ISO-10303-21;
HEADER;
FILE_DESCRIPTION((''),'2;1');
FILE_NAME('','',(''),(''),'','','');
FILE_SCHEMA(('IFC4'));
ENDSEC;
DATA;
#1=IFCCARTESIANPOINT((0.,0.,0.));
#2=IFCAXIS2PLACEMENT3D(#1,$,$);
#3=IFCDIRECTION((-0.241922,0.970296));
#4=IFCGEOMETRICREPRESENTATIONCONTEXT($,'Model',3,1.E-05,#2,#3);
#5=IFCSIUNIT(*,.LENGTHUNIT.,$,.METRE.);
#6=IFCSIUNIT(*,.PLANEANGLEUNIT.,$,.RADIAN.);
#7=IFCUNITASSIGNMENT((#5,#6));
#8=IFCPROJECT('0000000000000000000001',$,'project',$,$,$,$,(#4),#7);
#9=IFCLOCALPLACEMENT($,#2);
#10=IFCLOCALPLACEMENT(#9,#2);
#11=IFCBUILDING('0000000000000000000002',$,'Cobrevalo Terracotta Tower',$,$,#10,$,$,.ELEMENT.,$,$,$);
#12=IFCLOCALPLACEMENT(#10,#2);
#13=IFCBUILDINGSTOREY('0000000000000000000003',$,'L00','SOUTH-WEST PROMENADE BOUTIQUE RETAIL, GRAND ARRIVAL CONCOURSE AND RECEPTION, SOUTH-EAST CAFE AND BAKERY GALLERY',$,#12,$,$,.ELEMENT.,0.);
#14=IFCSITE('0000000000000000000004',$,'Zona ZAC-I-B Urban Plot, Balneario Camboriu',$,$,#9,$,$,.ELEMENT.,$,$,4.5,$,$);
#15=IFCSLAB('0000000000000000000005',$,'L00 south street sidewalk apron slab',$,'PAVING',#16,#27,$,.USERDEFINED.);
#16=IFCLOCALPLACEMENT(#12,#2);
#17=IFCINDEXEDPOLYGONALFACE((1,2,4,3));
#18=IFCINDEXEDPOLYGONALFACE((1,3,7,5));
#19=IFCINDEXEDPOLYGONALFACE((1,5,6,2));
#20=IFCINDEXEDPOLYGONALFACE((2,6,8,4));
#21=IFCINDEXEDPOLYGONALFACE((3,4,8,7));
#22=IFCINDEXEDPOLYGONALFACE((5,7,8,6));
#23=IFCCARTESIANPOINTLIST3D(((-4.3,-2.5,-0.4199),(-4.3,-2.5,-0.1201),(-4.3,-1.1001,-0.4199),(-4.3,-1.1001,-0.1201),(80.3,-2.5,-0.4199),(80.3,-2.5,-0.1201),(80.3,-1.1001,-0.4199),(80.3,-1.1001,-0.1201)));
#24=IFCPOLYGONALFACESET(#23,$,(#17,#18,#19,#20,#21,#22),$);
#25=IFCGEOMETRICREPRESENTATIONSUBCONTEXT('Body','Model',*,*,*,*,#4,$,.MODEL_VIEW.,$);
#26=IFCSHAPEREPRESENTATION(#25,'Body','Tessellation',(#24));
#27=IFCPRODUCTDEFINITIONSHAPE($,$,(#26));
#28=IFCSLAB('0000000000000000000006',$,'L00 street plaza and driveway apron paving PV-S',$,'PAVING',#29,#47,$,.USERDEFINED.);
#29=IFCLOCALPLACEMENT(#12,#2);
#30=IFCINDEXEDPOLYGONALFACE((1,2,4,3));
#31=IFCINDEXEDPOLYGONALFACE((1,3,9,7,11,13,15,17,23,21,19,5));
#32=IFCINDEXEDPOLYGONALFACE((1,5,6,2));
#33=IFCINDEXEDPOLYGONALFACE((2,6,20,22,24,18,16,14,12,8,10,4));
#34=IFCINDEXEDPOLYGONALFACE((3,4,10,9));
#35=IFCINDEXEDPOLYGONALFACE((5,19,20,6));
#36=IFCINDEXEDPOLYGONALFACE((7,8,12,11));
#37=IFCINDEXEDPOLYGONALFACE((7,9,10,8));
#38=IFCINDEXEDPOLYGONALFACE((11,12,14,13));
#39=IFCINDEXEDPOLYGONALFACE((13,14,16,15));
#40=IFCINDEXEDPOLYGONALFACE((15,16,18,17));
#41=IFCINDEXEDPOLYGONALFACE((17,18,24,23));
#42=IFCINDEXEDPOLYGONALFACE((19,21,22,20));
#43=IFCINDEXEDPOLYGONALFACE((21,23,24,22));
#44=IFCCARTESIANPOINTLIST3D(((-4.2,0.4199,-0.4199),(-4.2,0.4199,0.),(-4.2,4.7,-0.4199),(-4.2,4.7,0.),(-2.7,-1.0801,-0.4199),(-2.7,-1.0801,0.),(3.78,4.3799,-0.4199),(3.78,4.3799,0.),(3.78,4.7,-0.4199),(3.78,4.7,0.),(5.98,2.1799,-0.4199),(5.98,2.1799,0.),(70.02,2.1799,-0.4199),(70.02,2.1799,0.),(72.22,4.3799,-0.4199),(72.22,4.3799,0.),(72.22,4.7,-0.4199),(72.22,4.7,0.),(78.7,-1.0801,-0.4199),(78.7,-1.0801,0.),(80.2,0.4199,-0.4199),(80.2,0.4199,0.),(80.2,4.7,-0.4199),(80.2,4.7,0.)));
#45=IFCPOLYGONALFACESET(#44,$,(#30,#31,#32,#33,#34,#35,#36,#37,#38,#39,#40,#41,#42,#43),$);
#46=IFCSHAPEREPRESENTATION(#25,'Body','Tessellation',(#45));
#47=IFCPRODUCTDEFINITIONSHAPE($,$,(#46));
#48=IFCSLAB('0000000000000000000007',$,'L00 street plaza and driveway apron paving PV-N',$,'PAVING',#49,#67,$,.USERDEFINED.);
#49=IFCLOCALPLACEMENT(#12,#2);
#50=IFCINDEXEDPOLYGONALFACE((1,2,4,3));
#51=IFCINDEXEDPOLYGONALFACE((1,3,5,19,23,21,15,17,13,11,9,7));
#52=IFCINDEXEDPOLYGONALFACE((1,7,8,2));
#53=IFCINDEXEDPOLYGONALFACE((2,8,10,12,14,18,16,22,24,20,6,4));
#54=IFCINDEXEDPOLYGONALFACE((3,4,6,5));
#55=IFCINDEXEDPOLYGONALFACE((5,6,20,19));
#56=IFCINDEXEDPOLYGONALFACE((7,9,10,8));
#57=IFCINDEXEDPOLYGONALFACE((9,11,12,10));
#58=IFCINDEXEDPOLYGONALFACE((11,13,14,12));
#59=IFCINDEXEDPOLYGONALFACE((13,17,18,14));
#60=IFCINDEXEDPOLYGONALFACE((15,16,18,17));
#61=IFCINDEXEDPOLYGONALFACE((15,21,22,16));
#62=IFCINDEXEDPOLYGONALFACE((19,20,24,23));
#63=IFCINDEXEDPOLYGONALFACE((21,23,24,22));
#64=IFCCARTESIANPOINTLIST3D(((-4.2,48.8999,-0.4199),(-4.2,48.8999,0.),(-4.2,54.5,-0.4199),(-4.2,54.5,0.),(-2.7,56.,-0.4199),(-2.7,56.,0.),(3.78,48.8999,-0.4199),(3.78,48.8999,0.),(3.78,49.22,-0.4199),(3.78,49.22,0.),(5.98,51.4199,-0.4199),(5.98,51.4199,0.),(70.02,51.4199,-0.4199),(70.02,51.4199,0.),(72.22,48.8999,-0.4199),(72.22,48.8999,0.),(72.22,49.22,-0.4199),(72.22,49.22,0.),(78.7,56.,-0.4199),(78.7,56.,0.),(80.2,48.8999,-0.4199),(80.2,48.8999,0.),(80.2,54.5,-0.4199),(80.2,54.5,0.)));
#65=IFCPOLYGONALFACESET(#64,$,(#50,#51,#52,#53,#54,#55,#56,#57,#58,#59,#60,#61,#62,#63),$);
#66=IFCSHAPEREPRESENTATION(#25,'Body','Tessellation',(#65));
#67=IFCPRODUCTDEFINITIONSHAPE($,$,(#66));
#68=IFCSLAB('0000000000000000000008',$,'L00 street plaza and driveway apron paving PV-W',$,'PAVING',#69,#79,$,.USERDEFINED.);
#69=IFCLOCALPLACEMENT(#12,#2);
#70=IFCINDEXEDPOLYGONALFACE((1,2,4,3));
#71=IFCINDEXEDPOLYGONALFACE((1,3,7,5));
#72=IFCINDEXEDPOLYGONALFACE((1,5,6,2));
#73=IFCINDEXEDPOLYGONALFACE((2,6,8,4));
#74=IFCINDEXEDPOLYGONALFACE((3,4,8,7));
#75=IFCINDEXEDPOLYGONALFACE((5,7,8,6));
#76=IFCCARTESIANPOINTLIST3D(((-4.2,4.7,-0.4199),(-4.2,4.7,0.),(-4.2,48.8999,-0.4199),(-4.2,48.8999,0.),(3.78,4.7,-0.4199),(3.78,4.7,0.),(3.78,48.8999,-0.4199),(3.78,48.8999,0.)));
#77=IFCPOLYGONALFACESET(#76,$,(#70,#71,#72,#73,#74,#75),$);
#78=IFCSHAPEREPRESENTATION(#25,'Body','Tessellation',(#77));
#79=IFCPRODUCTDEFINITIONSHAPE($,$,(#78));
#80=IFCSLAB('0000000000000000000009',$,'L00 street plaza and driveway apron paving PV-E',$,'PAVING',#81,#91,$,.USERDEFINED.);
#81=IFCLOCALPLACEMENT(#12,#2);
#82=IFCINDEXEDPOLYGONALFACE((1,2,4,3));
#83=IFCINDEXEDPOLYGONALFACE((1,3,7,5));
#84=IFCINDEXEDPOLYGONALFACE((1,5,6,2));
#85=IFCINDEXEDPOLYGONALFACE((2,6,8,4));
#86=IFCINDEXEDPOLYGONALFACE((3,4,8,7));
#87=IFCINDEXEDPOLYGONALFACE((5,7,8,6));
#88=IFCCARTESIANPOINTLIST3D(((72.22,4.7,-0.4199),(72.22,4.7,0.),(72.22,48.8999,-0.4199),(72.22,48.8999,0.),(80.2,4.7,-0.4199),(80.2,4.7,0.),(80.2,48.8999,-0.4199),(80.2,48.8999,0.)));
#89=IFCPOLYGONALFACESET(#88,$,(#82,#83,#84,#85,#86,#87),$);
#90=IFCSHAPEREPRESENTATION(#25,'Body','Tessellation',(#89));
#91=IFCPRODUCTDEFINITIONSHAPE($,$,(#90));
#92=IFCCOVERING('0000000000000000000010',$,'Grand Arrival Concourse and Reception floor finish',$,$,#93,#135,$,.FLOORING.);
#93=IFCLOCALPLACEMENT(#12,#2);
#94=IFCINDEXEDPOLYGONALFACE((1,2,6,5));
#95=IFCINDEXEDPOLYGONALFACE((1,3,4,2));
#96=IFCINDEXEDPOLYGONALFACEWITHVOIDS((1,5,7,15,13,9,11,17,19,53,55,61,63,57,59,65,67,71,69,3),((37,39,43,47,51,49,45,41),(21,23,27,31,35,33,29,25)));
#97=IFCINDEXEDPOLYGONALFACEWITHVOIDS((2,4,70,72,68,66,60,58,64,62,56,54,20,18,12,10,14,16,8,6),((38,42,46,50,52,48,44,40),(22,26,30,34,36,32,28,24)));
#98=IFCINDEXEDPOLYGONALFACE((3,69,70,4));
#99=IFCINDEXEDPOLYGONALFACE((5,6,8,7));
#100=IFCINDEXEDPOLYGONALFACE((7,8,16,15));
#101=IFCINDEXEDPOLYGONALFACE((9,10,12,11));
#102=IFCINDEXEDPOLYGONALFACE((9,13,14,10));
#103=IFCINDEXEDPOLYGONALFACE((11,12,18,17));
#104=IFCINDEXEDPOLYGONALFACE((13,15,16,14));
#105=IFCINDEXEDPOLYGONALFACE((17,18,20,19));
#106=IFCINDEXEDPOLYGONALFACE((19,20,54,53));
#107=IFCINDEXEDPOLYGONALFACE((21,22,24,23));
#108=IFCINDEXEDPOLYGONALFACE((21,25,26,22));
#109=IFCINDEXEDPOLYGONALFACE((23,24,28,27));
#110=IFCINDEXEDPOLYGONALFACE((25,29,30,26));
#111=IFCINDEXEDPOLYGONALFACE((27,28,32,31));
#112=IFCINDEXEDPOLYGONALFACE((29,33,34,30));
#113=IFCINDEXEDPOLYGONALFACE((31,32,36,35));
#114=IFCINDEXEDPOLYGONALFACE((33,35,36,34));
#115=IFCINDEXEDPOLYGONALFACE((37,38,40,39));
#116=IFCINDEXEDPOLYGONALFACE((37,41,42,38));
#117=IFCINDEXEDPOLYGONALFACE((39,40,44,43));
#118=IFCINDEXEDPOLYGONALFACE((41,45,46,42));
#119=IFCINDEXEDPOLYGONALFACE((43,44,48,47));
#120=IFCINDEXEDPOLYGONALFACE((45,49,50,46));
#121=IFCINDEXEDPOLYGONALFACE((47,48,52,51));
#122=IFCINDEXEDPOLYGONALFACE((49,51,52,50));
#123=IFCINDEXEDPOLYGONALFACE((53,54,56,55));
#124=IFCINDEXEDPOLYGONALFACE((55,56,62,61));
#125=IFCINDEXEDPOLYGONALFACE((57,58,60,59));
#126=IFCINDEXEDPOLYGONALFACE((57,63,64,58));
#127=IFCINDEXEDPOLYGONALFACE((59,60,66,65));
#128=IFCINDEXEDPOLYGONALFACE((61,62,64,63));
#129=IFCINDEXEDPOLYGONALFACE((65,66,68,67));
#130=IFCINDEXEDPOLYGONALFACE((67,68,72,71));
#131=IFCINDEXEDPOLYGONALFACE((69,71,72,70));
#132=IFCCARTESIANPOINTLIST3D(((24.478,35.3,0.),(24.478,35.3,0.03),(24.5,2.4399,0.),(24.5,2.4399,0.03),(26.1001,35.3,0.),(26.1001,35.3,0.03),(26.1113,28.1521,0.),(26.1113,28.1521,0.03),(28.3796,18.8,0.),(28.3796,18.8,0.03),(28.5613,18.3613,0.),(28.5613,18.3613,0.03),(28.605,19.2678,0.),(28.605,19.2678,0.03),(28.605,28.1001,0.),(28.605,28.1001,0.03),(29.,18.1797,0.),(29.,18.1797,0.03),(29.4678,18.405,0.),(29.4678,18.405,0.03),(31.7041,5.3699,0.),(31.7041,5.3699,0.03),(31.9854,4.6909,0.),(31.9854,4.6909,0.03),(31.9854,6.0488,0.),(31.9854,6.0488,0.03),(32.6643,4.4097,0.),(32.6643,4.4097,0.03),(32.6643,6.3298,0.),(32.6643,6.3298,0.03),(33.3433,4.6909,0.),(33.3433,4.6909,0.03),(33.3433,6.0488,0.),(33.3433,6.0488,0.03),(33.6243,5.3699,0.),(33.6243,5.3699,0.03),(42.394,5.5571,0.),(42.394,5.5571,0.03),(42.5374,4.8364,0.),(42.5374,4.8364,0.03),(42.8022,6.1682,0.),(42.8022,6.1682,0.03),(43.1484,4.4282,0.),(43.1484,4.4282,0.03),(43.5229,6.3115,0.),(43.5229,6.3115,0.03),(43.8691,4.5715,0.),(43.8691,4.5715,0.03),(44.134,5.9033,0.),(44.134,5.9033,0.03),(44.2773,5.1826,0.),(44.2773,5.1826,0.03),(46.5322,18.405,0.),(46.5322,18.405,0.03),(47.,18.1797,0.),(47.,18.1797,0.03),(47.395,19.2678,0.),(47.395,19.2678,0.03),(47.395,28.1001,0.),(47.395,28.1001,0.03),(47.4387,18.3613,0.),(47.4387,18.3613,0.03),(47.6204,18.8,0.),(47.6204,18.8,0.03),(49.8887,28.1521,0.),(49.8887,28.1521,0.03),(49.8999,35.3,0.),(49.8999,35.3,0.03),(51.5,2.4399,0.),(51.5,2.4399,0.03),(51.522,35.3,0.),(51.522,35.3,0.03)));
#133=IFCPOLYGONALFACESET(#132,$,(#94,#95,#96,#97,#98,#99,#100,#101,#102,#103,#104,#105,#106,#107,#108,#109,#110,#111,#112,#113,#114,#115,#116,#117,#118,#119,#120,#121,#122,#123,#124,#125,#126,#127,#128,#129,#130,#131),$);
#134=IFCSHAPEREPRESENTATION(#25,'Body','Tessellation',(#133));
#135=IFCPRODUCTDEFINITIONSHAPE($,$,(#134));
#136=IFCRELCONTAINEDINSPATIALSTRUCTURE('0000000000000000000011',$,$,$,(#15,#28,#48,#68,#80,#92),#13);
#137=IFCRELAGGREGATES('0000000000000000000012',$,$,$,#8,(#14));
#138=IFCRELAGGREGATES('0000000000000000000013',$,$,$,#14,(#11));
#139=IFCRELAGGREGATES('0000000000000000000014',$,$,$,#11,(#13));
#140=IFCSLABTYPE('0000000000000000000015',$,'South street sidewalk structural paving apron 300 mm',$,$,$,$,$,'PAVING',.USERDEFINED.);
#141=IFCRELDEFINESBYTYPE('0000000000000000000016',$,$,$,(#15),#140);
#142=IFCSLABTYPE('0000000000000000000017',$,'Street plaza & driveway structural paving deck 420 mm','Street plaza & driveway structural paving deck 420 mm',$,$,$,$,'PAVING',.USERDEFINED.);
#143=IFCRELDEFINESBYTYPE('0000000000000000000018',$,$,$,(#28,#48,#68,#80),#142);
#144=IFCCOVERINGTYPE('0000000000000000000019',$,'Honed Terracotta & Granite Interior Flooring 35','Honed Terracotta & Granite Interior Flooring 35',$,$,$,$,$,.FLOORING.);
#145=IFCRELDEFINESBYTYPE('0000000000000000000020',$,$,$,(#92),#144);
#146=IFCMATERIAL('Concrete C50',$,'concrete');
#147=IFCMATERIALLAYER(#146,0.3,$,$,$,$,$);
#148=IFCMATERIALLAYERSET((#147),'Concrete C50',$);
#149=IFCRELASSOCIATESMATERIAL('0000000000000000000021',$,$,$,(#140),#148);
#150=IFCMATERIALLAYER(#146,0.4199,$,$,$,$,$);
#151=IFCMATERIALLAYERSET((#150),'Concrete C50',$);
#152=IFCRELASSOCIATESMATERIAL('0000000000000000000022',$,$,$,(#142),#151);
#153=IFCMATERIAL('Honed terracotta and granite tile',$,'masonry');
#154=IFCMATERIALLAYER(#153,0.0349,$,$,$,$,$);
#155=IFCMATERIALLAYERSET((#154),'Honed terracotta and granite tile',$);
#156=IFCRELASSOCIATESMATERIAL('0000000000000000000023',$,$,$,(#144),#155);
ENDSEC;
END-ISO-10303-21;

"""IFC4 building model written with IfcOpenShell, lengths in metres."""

from ifc_helpers import new_model, si_unit, direction, frame, origin, place, context, subcontext, project, spatial, polyline, outline, extrude, material, layer, layer_set, type_object, element, save


model = new_model("IFC4")

# Units and contexts
model_context = context("Model", 3, precision=1e-05, world=origin(), true_north=direction((-0.241922, 0.970296)))
body_context = subcontext(model_context, "Body", "Model", "MODEL_VIEW")
ifc_project = project(units=[si_unit("LENGTHUNIT", "METRE"), si_unit("PLANEANGLEUNIT", "RADIAN")], contexts=[model_context])

# Site, building, storey
site_placement = place(None, origin())
site = spatial("IfcSite", under=ifc_project, at=site_placement, Name="Zona ZAC-I-B Urban Plot, Balneario Camboriu", CompositionType="ELEMENT", RefElevation=4.5)
building_placement = place(site_placement, origin())
building = spatial("IfcBuilding", under=site, at=building_placement, Name="Cobrevalo Terracotta Tower", CompositionType="ELEMENT")
storey_placement = place(building_placement, origin())
storey = spatial("IfcBuildingStorey", under=building, at=storey_placement, Name="L00", Description="SOUTH-WEST PROMENADE BOUTIQUE RETAIL, GRAND ARRIVAL CONCOURSE AND RECEPTION, SOUTH-EAST CAFE AND BAKERY GALLERY", CompositionType="ELEMENT", Elevation=0.0)

# Shared definitions
ifc_material_1 = material(Name="Concrete C50", Category="concrete")

# Slabs
ifc_layer_1 = layer(ifc_material_1, 0.3)
ifc_layer_set_1 = layer_set([ifc_layer_1], Name="Concrete C50")
slab_type_1 = type_object("IfcSlabType", Name="South street sidewalk structural paving apron 300 mm", ElementType="PAVING", PredefinedType="USERDEFINED", material=ifc_layer_set_1)
slab_1_placement = place(storey_placement, frame((0.0, 0.0, -0.4199)))
element("IfcSlab", 1, at=slab_1_placement, inside=storey, type_object=slab_type_1, Name="L00 south street sidewalk apron slab", ObjectType="PAVING", PredefinedType="USERDEFINED", context=body_context, shape_type="SweptSolid", body=[
    extrude(outline(polyline([(-4.3, -2.5), (80.3, -2.5), (80.3, -1.1001), (-4.3, -1.1001), (-4.3, -2.5)])), origin(), (0.0, 0.0, 1.0), 0.2998),
])
ifc_layer_2 = layer(ifc_material_1, 0.4199)
ifc_layer_set_2 = layer_set([ifc_layer_2], Name="Concrete C50")
slab_type_2 = type_object("IfcSlabType", Name="Street plaza & driveway structural paving deck 420 mm", Description="Street plaza & driveway structural paving deck 420 mm", ElementType="PAVING", PredefinedType="USERDEFINED", material=ifc_layer_set_2)
slab_2_placement = place(storey_placement, frame((0.0, 0.0, -0.4199)))
element("IfcSlab", 2, at=slab_2_placement, inside=storey, type_object=slab_type_2, Name="L00 street plaza and driveway apron paving PV-S", ObjectType="PAVING", PredefinedType="USERDEFINED", context=body_context, shape_type="SweptSolid", body=[
    extrude(outline(polyline([(-4.2, 4.7), (3.78, 4.7), (3.78, 4.3799), (5.98, 2.1799), (70.02, 2.1799), (72.22, 4.3799), (72.22, 4.7), (80.2, 4.7), (80.2, 0.4199), (78.7, -1.0801), (-2.7, -1.0801), (-4.2, 0.4199), (-4.2, 4.7)])), origin(), (0.0, 0.0, 1.0), 0.4199),
])
slab_3_placement = place(storey_placement, frame((0.0, 0.0, -0.4199)))
element("IfcSlab", 3, at=slab_3_placement, inside=storey, type_object=slab_type_2, Name="L00 street plaza and driveway apron paving PV-N", ObjectType="PAVING", PredefinedType="USERDEFINED", context=body_context, shape_type="SweptSolid", body=[
    extrude(outline(polyline([(-4.2, 54.5), (-2.7, 56.0), (78.7, 56.0), (80.2, 54.5), (80.2, 48.8999), (72.22, 48.8999), (72.22, 49.22), (70.02, 51.4199), (5.98, 51.4199), (3.78, 49.22), (3.78, 48.8999), (-4.2, 48.8999), (-4.2, 54.5)])), origin(), (0.0, 0.0, 1.0), 0.4199),
])
slab_4_placement = place(storey_placement, frame((0.0, 0.0, -0.4199)))
element("IfcSlab", 4, at=slab_4_placement, inside=storey, type_object=slab_type_2, Name="L00 street plaza and driveway apron paving PV-W", ObjectType="PAVING", PredefinedType="USERDEFINED", context=body_context, shape_type="SweptSolid", body=[
    extrude(outline(polyline([(-4.2, 48.8999), (3.78, 48.8999), (3.78, 4.7), (-4.2, 4.7), (-4.2, 48.8999)])), origin(), (0.0, 0.0, 1.0), 0.4199),
])
slab_5_placement = place(storey_placement, frame((0.0, 0.0, -0.4199)))
element("IfcSlab", 5, at=slab_5_placement, inside=storey, type_object=slab_type_2, Name="L00 street plaza and driveway apron paving PV-E", ObjectType="PAVING", PredefinedType="USERDEFINED", context=body_context, shape_type="SweptSolid", body=[
    extrude(outline(polyline([(80.2, 4.7), (72.22, 4.7), (72.22, 48.8999), (80.2, 48.8999), (80.2, 4.7)])), origin(), (0.0, 0.0, 1.0), 0.4199),
])

# Covering
ifc_material_2 = material(Name="Honed terracotta and granite tile", Category="masonry")
ifc_layer_3 = layer(ifc_material_2, 0.0349)
ifc_layer_set_3 = layer_set([ifc_layer_3], Name="Honed terracotta and granite tile")
covering_type_1 = type_object("IfcCoveringType", Name="Honed Terracotta & Granite Interior Flooring 35", Description="Honed Terracotta & Granite Interior Flooring 35", PredefinedType="FLOORING", material=ifc_layer_set_3)
covering_1_placement = place(storey_placement, origin())
element("IfcCovering", 6, at=covering_1_placement, inside=storey, type_object=covering_type_1, Name="Grand Arrival Concourse and Reception floor finish", PredefinedType="FLOORING", context=body_context, shape_type="SweptSolid", body=[
    extrude(outline(polyline([(26.1001, 35.3), (26.1113, 28.1521), (28.605, 28.1001), (28.605, 19.2678), (28.3796, 18.8), (28.5613, 18.3613), (29.0, 18.1797), (29.4678, 18.405), (46.5322, 18.405), (47.0, 18.1797), (47.4387, 18.3613), (47.6204, 18.8), (47.395, 19.2678), (47.395, 28.1001), (49.8887, 28.1521), (49.8999, 35.3), (51.522, 35.3), (51.5, 2.4399), (24.5, 2.4399), (24.478, 35.3), (26.1001, 35.3)]), holes=[polyline([(43.8691, 4.5715), (44.2773, 5.1826), (44.134, 5.9033), (43.5229, 6.3115), (42.8022, 6.1682), (42.394, 5.5571), (42.5374, 4.8364), (43.1484, 4.4282), (43.8691, 4.5715)]), polyline([(33.3433, 4.6909), (33.6243, 5.3699), (33.3433, 6.0488), (32.6643, 6.3298), (31.9854, 6.0488), (31.7041, 5.3699), (31.9854, 4.6909), (32.6643, 4.4097), (33.3433, 4.6909)])]), origin(), (0.0, 0.0, 1.0), 0.03),
])

save(model, "model.ifc")
